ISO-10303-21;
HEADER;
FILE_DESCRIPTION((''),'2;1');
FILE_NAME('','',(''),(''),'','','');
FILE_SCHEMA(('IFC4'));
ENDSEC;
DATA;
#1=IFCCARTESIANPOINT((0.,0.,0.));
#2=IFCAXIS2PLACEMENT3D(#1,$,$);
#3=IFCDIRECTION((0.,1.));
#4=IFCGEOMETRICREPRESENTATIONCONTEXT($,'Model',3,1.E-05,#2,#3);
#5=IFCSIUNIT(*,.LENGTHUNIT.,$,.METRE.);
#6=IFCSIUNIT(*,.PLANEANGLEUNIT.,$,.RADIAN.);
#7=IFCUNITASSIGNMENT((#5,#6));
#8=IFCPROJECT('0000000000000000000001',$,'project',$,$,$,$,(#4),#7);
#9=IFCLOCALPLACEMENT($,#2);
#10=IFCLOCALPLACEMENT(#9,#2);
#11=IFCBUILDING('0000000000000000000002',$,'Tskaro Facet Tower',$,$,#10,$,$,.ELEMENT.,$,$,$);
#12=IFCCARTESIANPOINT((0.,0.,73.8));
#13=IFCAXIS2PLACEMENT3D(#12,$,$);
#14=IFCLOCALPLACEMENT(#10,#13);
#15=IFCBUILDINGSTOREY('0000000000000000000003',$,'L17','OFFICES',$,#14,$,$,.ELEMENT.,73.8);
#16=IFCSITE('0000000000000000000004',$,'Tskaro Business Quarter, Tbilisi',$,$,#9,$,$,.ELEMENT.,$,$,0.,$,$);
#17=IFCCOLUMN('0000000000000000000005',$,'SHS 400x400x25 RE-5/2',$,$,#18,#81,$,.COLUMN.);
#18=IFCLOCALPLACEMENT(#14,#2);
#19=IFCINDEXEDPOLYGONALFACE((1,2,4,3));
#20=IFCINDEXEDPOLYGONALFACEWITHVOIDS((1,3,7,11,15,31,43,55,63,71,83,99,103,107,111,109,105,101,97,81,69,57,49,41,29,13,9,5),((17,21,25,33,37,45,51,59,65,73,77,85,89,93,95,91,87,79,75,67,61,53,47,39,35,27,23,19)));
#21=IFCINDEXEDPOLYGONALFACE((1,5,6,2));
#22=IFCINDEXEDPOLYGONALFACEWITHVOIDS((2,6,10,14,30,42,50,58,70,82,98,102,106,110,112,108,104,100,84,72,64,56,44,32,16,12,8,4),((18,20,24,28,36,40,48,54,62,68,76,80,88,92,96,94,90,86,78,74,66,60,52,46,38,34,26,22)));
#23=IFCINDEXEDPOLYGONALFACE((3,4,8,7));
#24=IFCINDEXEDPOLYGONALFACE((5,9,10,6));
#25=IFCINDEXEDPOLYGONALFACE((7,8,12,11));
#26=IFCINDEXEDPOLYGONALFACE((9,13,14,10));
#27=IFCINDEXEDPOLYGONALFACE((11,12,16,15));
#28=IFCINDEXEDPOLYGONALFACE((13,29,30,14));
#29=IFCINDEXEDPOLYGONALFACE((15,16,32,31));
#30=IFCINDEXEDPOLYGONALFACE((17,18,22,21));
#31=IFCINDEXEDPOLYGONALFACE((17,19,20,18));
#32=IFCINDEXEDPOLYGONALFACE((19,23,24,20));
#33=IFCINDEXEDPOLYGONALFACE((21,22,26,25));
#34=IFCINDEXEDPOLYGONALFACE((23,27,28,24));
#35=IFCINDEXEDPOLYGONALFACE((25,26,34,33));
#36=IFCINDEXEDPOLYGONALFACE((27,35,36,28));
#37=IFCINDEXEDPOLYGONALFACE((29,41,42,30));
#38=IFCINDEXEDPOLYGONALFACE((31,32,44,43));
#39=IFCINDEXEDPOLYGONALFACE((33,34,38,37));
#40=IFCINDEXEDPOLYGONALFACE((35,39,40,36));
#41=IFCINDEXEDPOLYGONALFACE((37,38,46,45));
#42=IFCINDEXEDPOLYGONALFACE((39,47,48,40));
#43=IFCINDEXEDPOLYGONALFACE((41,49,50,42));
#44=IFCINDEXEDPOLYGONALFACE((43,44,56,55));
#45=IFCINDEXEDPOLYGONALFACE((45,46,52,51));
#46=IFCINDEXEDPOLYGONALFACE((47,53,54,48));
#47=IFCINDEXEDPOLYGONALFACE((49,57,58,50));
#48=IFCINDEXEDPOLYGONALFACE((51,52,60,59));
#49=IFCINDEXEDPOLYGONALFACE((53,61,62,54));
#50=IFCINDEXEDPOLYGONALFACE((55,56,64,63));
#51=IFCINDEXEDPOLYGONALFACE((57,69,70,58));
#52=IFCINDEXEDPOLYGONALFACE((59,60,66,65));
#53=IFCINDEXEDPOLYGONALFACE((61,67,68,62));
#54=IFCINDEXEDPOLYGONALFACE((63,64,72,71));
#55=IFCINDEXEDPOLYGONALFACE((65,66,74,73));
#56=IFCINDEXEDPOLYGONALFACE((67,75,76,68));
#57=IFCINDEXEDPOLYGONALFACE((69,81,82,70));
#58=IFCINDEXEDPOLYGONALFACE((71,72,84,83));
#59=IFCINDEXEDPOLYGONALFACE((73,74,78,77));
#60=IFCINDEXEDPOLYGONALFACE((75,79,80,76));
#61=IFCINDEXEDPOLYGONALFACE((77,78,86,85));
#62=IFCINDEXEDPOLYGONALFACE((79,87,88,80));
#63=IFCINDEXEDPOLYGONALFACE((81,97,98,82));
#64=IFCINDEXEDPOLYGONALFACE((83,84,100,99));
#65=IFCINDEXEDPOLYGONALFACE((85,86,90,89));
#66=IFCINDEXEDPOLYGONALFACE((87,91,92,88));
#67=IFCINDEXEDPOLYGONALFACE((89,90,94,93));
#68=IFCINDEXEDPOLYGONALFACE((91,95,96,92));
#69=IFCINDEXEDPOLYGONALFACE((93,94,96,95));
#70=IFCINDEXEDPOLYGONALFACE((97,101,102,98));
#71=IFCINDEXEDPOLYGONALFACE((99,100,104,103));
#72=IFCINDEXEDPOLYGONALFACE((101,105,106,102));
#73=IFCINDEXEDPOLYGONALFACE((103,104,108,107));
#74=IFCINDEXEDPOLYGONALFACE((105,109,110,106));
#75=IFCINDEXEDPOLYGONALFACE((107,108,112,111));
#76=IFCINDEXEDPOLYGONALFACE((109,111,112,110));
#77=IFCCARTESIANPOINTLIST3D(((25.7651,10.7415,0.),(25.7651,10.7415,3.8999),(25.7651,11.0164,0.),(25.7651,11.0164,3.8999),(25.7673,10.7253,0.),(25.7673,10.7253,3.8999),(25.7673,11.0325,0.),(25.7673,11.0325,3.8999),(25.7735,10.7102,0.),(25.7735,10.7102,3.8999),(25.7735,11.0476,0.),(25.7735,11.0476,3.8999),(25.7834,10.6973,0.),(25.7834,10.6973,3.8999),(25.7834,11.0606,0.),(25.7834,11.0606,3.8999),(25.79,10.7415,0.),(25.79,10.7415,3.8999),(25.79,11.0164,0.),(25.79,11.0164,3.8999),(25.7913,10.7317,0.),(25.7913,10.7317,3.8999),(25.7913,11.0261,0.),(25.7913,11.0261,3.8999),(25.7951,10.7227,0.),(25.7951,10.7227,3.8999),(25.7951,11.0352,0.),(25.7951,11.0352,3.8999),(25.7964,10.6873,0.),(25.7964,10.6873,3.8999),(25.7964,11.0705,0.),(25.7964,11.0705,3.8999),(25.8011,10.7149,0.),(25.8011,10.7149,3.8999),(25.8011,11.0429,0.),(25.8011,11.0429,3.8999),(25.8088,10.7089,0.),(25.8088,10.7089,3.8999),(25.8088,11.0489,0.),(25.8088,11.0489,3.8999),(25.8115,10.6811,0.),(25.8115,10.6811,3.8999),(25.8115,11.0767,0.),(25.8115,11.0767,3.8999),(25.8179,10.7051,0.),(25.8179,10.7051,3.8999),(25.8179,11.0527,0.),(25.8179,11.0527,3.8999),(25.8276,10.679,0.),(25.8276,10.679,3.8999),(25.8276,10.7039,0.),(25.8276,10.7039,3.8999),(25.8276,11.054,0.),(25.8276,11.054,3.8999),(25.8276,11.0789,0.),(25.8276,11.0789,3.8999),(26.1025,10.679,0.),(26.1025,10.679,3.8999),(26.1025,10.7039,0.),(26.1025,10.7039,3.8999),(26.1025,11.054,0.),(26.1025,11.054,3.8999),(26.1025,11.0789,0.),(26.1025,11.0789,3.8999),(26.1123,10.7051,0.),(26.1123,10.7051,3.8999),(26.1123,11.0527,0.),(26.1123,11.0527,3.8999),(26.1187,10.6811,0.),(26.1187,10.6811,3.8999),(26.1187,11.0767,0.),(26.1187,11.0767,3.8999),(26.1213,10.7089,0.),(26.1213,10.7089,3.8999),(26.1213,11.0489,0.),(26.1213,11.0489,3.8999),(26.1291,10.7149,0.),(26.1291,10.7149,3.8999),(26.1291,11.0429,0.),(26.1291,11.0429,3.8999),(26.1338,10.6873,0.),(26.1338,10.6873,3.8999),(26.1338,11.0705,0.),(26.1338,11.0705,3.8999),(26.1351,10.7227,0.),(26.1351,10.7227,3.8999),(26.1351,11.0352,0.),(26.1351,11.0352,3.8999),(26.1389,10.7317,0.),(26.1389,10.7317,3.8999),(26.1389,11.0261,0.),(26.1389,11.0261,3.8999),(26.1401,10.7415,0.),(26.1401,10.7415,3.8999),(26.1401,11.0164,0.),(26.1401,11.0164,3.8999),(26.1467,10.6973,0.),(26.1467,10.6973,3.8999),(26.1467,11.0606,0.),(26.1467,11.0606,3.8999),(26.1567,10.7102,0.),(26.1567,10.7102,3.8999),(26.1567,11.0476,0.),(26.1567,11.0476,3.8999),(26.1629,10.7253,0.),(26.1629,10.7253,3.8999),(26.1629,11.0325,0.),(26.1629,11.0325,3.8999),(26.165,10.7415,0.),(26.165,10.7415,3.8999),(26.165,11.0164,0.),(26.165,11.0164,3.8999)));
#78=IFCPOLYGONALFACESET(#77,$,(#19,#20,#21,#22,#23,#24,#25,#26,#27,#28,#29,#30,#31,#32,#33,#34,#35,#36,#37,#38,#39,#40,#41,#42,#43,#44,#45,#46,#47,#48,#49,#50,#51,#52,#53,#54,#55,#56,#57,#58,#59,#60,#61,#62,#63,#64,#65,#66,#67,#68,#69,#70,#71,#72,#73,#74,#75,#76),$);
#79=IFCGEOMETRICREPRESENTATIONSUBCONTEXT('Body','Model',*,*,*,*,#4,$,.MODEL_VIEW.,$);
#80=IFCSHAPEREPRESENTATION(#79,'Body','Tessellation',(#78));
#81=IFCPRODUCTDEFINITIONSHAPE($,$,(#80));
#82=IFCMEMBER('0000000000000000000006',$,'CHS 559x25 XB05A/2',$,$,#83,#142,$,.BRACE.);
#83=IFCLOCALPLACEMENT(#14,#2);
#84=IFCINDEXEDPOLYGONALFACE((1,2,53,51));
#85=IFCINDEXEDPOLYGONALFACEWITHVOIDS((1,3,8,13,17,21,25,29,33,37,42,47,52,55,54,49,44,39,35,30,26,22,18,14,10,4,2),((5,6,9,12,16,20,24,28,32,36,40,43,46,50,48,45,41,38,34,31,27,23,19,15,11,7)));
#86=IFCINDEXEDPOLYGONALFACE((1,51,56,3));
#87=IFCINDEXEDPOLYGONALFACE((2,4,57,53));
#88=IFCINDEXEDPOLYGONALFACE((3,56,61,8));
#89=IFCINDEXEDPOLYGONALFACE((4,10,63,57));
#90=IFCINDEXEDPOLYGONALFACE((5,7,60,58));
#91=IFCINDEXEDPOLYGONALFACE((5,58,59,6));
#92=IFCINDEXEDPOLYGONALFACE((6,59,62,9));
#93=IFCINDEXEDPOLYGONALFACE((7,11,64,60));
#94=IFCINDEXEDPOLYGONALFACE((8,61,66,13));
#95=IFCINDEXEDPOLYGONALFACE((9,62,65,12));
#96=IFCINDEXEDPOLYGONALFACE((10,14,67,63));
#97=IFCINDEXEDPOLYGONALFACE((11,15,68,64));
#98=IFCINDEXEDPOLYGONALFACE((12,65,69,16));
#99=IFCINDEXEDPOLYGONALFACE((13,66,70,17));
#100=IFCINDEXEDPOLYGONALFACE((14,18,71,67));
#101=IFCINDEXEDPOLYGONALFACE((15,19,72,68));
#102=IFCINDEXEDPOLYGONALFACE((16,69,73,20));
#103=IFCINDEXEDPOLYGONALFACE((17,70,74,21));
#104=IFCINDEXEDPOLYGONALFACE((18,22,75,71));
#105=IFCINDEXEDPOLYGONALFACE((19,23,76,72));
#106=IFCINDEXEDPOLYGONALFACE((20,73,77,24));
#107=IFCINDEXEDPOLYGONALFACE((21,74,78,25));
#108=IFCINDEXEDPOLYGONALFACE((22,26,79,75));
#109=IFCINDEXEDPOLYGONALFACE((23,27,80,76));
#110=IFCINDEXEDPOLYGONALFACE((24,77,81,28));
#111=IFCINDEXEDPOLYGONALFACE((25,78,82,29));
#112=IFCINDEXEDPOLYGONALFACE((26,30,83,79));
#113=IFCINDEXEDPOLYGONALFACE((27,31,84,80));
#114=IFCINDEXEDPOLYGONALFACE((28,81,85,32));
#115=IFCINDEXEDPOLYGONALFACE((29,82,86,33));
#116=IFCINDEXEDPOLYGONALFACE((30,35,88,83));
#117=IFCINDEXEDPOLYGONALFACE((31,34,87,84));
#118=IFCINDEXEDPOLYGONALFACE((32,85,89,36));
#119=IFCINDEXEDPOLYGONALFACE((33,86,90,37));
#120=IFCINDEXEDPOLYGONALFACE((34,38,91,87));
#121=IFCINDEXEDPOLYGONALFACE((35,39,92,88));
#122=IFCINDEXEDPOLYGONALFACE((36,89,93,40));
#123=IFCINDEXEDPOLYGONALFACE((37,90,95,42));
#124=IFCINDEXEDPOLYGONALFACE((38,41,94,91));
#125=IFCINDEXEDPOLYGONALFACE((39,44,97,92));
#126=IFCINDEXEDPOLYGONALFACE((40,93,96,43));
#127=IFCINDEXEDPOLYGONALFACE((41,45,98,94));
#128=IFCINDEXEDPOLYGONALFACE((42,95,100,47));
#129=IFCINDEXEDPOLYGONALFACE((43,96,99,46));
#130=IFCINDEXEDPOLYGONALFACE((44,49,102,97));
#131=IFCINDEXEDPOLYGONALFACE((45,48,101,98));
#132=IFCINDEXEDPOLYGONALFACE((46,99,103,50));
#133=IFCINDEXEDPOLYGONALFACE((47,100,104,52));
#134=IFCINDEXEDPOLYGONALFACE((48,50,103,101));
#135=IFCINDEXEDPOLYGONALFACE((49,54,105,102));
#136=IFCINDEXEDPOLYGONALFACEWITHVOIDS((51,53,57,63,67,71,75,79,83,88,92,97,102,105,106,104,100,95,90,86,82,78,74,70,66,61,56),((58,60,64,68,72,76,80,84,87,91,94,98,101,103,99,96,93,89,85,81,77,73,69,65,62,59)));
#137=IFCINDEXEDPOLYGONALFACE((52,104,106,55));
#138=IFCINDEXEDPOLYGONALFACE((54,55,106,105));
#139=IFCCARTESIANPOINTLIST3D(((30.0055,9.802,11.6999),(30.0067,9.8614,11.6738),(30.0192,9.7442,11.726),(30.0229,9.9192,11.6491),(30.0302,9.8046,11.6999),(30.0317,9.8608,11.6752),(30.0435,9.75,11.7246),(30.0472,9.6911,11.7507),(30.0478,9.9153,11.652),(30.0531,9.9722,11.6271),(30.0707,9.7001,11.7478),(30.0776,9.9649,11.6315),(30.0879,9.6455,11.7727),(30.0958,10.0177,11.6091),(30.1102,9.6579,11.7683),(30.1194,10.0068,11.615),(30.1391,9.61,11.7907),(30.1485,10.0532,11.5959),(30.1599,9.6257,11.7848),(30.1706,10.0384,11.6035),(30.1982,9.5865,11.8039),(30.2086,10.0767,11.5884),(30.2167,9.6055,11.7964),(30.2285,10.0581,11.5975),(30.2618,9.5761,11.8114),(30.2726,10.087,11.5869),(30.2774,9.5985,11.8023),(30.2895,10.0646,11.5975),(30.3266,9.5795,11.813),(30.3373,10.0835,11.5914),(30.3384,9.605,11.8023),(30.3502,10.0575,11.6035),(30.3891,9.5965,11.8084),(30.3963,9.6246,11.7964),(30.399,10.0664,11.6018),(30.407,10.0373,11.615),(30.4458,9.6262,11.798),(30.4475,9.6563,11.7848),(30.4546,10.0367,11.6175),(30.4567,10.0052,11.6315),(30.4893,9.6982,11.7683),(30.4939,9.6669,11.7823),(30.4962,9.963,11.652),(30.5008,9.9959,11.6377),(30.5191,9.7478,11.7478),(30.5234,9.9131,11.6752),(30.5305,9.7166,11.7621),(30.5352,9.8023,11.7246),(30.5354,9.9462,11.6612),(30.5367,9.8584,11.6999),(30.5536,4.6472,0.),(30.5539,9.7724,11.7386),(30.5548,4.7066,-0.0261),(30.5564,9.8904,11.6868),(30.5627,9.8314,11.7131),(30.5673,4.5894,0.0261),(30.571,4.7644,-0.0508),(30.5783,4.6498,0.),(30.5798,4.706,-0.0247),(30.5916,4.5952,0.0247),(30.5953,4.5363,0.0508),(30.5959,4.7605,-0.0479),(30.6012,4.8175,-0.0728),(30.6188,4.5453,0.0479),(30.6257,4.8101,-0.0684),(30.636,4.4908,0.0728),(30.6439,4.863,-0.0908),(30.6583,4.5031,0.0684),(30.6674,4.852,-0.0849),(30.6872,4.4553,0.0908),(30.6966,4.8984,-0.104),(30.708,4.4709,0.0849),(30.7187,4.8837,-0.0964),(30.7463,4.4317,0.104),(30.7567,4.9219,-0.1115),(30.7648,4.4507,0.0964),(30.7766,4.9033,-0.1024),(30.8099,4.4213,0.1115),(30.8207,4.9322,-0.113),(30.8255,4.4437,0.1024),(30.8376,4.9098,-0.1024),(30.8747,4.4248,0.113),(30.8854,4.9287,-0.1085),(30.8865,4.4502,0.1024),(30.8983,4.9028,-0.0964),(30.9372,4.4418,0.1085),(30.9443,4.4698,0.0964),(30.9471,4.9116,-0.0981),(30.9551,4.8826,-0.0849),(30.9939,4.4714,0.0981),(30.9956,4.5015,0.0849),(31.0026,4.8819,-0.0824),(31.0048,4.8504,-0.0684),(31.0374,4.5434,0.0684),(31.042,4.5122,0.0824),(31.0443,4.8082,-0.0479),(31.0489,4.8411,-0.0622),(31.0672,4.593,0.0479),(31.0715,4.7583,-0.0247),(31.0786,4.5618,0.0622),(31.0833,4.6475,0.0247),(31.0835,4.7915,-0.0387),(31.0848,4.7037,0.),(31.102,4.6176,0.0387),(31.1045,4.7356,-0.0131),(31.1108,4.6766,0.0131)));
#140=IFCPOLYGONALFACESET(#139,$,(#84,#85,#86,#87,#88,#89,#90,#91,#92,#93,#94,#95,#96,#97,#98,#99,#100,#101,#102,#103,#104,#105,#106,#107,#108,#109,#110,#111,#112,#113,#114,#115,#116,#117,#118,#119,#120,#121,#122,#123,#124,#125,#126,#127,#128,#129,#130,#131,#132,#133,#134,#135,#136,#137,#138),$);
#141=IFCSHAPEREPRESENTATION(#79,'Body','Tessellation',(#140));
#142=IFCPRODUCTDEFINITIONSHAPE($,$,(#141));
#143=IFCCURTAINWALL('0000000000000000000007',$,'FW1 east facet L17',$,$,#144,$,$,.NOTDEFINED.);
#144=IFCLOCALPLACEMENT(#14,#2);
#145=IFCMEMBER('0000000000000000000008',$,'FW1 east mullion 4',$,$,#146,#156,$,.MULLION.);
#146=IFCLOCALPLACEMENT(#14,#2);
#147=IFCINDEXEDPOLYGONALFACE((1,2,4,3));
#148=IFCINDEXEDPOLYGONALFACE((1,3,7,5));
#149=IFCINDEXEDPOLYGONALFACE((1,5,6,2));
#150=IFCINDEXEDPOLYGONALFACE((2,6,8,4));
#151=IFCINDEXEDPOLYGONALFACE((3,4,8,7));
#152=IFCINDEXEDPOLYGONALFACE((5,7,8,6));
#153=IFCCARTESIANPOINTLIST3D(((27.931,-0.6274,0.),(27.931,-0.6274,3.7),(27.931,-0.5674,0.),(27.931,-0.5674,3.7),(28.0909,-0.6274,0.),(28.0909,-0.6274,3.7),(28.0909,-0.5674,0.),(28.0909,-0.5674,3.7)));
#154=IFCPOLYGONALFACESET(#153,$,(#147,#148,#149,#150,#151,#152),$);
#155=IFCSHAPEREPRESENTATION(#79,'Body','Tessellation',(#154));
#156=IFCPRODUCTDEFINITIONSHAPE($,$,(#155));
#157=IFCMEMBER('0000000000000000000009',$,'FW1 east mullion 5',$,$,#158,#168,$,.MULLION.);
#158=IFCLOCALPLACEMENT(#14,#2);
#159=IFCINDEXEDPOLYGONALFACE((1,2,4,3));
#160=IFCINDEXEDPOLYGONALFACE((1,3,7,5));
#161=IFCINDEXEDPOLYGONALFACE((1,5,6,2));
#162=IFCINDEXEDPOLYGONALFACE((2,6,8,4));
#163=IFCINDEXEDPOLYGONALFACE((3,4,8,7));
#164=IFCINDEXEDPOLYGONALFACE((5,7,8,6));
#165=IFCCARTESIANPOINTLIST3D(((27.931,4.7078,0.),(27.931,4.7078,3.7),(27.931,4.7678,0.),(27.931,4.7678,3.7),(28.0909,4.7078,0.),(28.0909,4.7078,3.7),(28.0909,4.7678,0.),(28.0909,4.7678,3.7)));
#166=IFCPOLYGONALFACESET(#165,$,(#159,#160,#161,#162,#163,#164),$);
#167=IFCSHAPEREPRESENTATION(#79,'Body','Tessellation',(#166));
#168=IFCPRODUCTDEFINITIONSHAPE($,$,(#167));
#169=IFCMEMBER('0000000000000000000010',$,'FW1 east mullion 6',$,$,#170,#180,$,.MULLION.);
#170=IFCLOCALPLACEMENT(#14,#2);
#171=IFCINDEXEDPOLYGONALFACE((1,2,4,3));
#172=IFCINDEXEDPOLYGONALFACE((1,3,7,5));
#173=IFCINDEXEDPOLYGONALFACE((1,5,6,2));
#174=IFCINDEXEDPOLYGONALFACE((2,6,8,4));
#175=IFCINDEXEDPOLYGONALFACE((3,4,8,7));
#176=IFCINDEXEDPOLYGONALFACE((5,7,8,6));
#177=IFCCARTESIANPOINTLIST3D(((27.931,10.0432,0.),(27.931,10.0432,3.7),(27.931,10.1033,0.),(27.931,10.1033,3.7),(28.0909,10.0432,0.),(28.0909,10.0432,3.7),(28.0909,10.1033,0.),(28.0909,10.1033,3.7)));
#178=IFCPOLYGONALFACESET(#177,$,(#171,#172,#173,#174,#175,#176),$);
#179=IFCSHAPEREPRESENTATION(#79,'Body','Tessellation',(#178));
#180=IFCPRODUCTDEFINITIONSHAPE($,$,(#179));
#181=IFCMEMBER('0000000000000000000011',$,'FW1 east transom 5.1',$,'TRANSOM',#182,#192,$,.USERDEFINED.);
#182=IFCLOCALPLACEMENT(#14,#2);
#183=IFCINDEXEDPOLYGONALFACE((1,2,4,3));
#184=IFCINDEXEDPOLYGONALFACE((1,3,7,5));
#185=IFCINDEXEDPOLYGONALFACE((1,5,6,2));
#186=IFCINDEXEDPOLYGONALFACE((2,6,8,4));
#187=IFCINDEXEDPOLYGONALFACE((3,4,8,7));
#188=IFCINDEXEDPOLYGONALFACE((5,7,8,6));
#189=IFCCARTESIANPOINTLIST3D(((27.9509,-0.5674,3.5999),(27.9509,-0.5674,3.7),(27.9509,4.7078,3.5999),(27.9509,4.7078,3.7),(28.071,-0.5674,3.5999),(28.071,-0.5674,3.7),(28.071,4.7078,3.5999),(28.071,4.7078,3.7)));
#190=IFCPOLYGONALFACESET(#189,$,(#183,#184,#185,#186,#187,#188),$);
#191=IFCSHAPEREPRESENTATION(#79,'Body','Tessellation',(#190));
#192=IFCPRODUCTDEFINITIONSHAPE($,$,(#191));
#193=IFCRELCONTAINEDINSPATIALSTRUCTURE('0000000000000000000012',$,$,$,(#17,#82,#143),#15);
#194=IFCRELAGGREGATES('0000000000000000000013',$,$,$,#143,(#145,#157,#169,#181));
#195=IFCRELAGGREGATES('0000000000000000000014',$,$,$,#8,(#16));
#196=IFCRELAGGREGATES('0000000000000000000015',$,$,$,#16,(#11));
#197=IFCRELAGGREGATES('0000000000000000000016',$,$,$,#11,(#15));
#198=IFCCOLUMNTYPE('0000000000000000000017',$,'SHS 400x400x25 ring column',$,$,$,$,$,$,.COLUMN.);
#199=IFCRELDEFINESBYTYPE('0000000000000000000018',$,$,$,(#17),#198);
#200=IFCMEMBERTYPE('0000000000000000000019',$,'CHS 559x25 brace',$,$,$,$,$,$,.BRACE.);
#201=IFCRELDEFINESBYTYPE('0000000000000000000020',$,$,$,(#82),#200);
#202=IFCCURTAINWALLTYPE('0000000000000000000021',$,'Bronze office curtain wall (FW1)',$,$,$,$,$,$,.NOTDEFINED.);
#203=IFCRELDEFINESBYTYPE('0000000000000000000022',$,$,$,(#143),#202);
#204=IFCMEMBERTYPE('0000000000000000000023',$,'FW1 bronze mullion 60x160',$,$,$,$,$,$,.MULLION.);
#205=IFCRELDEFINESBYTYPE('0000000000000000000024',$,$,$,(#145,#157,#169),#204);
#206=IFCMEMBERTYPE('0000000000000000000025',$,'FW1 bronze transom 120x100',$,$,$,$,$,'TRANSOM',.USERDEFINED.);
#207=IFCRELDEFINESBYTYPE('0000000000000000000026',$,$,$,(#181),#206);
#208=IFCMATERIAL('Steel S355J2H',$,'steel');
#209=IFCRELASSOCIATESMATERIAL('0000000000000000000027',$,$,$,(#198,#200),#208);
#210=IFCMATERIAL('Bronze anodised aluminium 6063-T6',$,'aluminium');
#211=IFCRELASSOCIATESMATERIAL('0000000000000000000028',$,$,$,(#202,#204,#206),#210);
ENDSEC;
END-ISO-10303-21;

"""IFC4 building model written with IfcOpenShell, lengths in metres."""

from ifc_helpers import new_model, si_unit, direction, frame, origin, origin_2d, place, context, subcontext, project, spatial, rectangle, hollow_rectangle, hollow_circle, extrude, material, material_profile, profile_set, type_object, element, aggregate, save


model = new_model("IFC4")

# Units and contexts
model_context = context("Model", 3, precision=1e-05, world=origin(), true_north=direction((0.0, 1.0)))
body_context = subcontext(model_context, "Body", "Model", "MODEL_VIEW")
ifc_project = project(units=[si_unit("LENGTHUNIT", "METRE"), si_unit("PLANEANGLEUNIT", "RADIAN")], contexts=[model_context])

# Site, building, storey
site_placement = place(None, origin())
site = spatial("IfcSite", under=ifc_project, at=site_placement, Name="Tskaro Business Quarter, Tbilisi", CompositionType="ELEMENT", RefElevation=0.0)
building_placement = place(site_placement, origin())
building = spatial("IfcBuilding", under=site, at=building_placement, Name="Tskaro Facet Tower", CompositionType="ELEMENT")
storey_placement = place(building_placement, frame((0.0, 0.0, 73.8)))
storey = spatial("IfcBuildingStorey", under=building, at=storey_placement, Name="L17", Description="OFFICES", CompositionType="ELEMENT", Elevation=73.8)

# Column
ifc_material_1 = material(Name="Steel S355J2H", Category="steel")
ifc_material_profile_1 = material_profile(ifc_material_1, hollow_rectangle(XDim=0.3999, YDim=0.3999, WallThickness=0.0249, InnerFilletRadius=0.0376, OuterFilletRadius=0.0625, at=origin_2d()), Name="SHS 400x400x25")
ifc_profile_set_1 = profile_set([ifc_material_profile_1], Name="Steel S355J2H")
column_type_1 = type_object("IfcColumnType", Name="SHS 400x400x25 ring column", PredefinedType="COLUMN", material=ifc_profile_set_1)
for number, where, z_axis, x_axis, name in (
    (1, (25.9651, 10.8789, 0.0), (0.0, 0.0, 1.0), (1.0, 0.0, 0.0), "SHS 400x400x25 RE-5/2"),
):
    element("IfcColumn", number, at=place(storey_placement, frame(where, z_axis=z_axis, x_axis=x_axis)), inside=storey, type_object=column_type_1, Name=name, PredefinedType="COLUMN", context=body_context, shape_type="SweptSolid", body=[
        extrude(hollow_rectangle(XDim=0.3999, YDim=0.3999, WallThickness=0.0249, InnerFilletRadius=0.0376, OuterFilletRadius=0.0625, at=origin_2d()), origin(), (0.0, 0.0, 1.0), 3.8999),
    ])

# Member
ifc_material_profile_2 = material_profile(ifc_material_1, hollow_circle(Radius=0.2795, WallThickness=0.0249, at=origin_2d()), Name="CHS 559x25")
ifc_profile_set_2 = profile_set([ifc_material_profile_2], Name="Steel S355J2H")
member_type_1 = type_object("IfcMemberType", Name="CHS 559x25 brace", PredefinedType="BRACE", material=ifc_profile_set_2)
member_1_placement = place(storey_placement, frame((30.8315, 4.6768, 0.0), z_axis=(-0.04283, 0.402815, 0.914279), x_axis=(-0.994395, -0.105732, 0.0)))
element("IfcMember", 2, at=member_1_placement, inside=storey, type_object=member_type_1, Name="CHS 559x25 XB05A/2", PredefinedType="BRACE", context=body_context, shape_type="SweptSolid", body=[
    extrude(hollow_circle(Radius=0.2795, WallThickness=0.0249, at=origin_2d()), origin(), (0.0, 0.0, 1.0), 12.7969),
])

# Curtain wall, members
ifc_material_2 = material(Name="Bronze anodised aluminium 6063-T6", Category="aluminium")
curtain_wall_type = type_object("IfcCurtainWallType", Name="Bronze office curtain wall (FW1)", PredefinedType="NOTDEFINED", material=ifc_material_2)
curtain_wall_placement = place(storey_placement, origin())
curtain_wall = element("IfcCurtainWall", 3, at=curtain_wall_placement, inside=storey, type_object=curtain_wall_type, Name="FW1 east facet L17", PredefinedType="NOTDEFINED")
ifc_material_profile_3 = material_profile(ifc_material_2, rectangle(XDim=0.0601, YDim=0.1599, at=origin_2d()), Name="Mullion 60x160")
ifc_profile_set_3 = profile_set([ifc_material_profile_3], Name="Bronze anodised aluminium 6063-T6")
member_type_2 = type_object("IfcMemberType", Name="FW1 bronze mullion 60x160", PredefinedType="MULLION", material=ifc_profile_set_3)
member_2_placement = place(storey_placement, frame((28.011, -0.5974, 0.0), z_axis=(0.0, 0.0, 1.0), x_axis=(0.0, 1.0, 0.0)))
member_2 = element("IfcMember", 4, at=member_2_placement, type_object=member_type_2, Name="FW1 east mullion 4", PredefinedType="MULLION", context=body_context, shape_type="SweptSolid", body=[
    extrude(rectangle(XDim=0.0601, YDim=0.1599, at=origin_2d()), origin(), (0.0, 0.0, 1.0), 3.7),
])
member_3_placement = place(storey_placement, frame((28.011, 4.7378, 0.0), z_axis=(0.0, 0.0, 1.0), x_axis=(0.0, 1.0, 0.0)))
member_3 = element("IfcMember", 5, at=member_3_placement, type_object=member_type_2, Name="FW1 east mullion 5", PredefinedType="MULLION", context=body_context, shape_type="SweptSolid", body=[
    extrude(rectangle(XDim=0.0601, YDim=0.1599, at=origin_2d()), origin(), (0.0, 0.0, 1.0), 3.7),
])
member_4_placement = place(storey_placement, frame((28.011, 10.0732, 0.0), z_axis=(0.0, 0.0, 1.0), x_axis=(0.0, 1.0, 0.0)))
member_4 = element("IfcMember", 6, at=member_4_placement, type_object=member_type_2, Name="FW1 east mullion 6", PredefinedType="MULLION", context=body_context, shape_type="SweptSolid", body=[
    extrude(rectangle(XDim=0.0601, YDim=0.1599, at=origin_2d()), origin(), (0.0, 0.0, 1.0), 3.7),
])
ifc_material_profile_4 = material_profile(ifc_material_2, rectangle(XDim=0.1201, YDim=0.1001, at=origin_2d()), Name="Transom 120x100")
ifc_profile_set_4 = profile_set([ifc_material_profile_4], Name="Bronze anodised aluminium 6063-T6")
member_type_3 = type_object("IfcMemberType", Name="FW1 bronze transom 120x100", ElementType="TRANSOM", PredefinedType="USERDEFINED", material=ifc_profile_set_4)
member_5_placement = place(storey_placement, frame((28.011, -0.5674, 3.6499), z_axis=(0.0, 1.0, 0.0), x_axis=(-1.0, 0.0, 0.0)))
member_5 = element("IfcMember", 7, at=member_5_placement, type_object=member_type_3, Name="FW1 east transom 5.1", ObjectType="TRANSOM", PredefinedType="USERDEFINED", context=body_context, shape_type="SweptSolid", body=[
    extrude(rectangle(XDim=0.1201, YDim=0.1001, at=origin_2d()), origin(), (0.0, 0.0, 1.0), 5.2751),
])

aggregate(curtain_wall, [member_2, member_3, member_4, member_5])

save(model, "model.ifc")
